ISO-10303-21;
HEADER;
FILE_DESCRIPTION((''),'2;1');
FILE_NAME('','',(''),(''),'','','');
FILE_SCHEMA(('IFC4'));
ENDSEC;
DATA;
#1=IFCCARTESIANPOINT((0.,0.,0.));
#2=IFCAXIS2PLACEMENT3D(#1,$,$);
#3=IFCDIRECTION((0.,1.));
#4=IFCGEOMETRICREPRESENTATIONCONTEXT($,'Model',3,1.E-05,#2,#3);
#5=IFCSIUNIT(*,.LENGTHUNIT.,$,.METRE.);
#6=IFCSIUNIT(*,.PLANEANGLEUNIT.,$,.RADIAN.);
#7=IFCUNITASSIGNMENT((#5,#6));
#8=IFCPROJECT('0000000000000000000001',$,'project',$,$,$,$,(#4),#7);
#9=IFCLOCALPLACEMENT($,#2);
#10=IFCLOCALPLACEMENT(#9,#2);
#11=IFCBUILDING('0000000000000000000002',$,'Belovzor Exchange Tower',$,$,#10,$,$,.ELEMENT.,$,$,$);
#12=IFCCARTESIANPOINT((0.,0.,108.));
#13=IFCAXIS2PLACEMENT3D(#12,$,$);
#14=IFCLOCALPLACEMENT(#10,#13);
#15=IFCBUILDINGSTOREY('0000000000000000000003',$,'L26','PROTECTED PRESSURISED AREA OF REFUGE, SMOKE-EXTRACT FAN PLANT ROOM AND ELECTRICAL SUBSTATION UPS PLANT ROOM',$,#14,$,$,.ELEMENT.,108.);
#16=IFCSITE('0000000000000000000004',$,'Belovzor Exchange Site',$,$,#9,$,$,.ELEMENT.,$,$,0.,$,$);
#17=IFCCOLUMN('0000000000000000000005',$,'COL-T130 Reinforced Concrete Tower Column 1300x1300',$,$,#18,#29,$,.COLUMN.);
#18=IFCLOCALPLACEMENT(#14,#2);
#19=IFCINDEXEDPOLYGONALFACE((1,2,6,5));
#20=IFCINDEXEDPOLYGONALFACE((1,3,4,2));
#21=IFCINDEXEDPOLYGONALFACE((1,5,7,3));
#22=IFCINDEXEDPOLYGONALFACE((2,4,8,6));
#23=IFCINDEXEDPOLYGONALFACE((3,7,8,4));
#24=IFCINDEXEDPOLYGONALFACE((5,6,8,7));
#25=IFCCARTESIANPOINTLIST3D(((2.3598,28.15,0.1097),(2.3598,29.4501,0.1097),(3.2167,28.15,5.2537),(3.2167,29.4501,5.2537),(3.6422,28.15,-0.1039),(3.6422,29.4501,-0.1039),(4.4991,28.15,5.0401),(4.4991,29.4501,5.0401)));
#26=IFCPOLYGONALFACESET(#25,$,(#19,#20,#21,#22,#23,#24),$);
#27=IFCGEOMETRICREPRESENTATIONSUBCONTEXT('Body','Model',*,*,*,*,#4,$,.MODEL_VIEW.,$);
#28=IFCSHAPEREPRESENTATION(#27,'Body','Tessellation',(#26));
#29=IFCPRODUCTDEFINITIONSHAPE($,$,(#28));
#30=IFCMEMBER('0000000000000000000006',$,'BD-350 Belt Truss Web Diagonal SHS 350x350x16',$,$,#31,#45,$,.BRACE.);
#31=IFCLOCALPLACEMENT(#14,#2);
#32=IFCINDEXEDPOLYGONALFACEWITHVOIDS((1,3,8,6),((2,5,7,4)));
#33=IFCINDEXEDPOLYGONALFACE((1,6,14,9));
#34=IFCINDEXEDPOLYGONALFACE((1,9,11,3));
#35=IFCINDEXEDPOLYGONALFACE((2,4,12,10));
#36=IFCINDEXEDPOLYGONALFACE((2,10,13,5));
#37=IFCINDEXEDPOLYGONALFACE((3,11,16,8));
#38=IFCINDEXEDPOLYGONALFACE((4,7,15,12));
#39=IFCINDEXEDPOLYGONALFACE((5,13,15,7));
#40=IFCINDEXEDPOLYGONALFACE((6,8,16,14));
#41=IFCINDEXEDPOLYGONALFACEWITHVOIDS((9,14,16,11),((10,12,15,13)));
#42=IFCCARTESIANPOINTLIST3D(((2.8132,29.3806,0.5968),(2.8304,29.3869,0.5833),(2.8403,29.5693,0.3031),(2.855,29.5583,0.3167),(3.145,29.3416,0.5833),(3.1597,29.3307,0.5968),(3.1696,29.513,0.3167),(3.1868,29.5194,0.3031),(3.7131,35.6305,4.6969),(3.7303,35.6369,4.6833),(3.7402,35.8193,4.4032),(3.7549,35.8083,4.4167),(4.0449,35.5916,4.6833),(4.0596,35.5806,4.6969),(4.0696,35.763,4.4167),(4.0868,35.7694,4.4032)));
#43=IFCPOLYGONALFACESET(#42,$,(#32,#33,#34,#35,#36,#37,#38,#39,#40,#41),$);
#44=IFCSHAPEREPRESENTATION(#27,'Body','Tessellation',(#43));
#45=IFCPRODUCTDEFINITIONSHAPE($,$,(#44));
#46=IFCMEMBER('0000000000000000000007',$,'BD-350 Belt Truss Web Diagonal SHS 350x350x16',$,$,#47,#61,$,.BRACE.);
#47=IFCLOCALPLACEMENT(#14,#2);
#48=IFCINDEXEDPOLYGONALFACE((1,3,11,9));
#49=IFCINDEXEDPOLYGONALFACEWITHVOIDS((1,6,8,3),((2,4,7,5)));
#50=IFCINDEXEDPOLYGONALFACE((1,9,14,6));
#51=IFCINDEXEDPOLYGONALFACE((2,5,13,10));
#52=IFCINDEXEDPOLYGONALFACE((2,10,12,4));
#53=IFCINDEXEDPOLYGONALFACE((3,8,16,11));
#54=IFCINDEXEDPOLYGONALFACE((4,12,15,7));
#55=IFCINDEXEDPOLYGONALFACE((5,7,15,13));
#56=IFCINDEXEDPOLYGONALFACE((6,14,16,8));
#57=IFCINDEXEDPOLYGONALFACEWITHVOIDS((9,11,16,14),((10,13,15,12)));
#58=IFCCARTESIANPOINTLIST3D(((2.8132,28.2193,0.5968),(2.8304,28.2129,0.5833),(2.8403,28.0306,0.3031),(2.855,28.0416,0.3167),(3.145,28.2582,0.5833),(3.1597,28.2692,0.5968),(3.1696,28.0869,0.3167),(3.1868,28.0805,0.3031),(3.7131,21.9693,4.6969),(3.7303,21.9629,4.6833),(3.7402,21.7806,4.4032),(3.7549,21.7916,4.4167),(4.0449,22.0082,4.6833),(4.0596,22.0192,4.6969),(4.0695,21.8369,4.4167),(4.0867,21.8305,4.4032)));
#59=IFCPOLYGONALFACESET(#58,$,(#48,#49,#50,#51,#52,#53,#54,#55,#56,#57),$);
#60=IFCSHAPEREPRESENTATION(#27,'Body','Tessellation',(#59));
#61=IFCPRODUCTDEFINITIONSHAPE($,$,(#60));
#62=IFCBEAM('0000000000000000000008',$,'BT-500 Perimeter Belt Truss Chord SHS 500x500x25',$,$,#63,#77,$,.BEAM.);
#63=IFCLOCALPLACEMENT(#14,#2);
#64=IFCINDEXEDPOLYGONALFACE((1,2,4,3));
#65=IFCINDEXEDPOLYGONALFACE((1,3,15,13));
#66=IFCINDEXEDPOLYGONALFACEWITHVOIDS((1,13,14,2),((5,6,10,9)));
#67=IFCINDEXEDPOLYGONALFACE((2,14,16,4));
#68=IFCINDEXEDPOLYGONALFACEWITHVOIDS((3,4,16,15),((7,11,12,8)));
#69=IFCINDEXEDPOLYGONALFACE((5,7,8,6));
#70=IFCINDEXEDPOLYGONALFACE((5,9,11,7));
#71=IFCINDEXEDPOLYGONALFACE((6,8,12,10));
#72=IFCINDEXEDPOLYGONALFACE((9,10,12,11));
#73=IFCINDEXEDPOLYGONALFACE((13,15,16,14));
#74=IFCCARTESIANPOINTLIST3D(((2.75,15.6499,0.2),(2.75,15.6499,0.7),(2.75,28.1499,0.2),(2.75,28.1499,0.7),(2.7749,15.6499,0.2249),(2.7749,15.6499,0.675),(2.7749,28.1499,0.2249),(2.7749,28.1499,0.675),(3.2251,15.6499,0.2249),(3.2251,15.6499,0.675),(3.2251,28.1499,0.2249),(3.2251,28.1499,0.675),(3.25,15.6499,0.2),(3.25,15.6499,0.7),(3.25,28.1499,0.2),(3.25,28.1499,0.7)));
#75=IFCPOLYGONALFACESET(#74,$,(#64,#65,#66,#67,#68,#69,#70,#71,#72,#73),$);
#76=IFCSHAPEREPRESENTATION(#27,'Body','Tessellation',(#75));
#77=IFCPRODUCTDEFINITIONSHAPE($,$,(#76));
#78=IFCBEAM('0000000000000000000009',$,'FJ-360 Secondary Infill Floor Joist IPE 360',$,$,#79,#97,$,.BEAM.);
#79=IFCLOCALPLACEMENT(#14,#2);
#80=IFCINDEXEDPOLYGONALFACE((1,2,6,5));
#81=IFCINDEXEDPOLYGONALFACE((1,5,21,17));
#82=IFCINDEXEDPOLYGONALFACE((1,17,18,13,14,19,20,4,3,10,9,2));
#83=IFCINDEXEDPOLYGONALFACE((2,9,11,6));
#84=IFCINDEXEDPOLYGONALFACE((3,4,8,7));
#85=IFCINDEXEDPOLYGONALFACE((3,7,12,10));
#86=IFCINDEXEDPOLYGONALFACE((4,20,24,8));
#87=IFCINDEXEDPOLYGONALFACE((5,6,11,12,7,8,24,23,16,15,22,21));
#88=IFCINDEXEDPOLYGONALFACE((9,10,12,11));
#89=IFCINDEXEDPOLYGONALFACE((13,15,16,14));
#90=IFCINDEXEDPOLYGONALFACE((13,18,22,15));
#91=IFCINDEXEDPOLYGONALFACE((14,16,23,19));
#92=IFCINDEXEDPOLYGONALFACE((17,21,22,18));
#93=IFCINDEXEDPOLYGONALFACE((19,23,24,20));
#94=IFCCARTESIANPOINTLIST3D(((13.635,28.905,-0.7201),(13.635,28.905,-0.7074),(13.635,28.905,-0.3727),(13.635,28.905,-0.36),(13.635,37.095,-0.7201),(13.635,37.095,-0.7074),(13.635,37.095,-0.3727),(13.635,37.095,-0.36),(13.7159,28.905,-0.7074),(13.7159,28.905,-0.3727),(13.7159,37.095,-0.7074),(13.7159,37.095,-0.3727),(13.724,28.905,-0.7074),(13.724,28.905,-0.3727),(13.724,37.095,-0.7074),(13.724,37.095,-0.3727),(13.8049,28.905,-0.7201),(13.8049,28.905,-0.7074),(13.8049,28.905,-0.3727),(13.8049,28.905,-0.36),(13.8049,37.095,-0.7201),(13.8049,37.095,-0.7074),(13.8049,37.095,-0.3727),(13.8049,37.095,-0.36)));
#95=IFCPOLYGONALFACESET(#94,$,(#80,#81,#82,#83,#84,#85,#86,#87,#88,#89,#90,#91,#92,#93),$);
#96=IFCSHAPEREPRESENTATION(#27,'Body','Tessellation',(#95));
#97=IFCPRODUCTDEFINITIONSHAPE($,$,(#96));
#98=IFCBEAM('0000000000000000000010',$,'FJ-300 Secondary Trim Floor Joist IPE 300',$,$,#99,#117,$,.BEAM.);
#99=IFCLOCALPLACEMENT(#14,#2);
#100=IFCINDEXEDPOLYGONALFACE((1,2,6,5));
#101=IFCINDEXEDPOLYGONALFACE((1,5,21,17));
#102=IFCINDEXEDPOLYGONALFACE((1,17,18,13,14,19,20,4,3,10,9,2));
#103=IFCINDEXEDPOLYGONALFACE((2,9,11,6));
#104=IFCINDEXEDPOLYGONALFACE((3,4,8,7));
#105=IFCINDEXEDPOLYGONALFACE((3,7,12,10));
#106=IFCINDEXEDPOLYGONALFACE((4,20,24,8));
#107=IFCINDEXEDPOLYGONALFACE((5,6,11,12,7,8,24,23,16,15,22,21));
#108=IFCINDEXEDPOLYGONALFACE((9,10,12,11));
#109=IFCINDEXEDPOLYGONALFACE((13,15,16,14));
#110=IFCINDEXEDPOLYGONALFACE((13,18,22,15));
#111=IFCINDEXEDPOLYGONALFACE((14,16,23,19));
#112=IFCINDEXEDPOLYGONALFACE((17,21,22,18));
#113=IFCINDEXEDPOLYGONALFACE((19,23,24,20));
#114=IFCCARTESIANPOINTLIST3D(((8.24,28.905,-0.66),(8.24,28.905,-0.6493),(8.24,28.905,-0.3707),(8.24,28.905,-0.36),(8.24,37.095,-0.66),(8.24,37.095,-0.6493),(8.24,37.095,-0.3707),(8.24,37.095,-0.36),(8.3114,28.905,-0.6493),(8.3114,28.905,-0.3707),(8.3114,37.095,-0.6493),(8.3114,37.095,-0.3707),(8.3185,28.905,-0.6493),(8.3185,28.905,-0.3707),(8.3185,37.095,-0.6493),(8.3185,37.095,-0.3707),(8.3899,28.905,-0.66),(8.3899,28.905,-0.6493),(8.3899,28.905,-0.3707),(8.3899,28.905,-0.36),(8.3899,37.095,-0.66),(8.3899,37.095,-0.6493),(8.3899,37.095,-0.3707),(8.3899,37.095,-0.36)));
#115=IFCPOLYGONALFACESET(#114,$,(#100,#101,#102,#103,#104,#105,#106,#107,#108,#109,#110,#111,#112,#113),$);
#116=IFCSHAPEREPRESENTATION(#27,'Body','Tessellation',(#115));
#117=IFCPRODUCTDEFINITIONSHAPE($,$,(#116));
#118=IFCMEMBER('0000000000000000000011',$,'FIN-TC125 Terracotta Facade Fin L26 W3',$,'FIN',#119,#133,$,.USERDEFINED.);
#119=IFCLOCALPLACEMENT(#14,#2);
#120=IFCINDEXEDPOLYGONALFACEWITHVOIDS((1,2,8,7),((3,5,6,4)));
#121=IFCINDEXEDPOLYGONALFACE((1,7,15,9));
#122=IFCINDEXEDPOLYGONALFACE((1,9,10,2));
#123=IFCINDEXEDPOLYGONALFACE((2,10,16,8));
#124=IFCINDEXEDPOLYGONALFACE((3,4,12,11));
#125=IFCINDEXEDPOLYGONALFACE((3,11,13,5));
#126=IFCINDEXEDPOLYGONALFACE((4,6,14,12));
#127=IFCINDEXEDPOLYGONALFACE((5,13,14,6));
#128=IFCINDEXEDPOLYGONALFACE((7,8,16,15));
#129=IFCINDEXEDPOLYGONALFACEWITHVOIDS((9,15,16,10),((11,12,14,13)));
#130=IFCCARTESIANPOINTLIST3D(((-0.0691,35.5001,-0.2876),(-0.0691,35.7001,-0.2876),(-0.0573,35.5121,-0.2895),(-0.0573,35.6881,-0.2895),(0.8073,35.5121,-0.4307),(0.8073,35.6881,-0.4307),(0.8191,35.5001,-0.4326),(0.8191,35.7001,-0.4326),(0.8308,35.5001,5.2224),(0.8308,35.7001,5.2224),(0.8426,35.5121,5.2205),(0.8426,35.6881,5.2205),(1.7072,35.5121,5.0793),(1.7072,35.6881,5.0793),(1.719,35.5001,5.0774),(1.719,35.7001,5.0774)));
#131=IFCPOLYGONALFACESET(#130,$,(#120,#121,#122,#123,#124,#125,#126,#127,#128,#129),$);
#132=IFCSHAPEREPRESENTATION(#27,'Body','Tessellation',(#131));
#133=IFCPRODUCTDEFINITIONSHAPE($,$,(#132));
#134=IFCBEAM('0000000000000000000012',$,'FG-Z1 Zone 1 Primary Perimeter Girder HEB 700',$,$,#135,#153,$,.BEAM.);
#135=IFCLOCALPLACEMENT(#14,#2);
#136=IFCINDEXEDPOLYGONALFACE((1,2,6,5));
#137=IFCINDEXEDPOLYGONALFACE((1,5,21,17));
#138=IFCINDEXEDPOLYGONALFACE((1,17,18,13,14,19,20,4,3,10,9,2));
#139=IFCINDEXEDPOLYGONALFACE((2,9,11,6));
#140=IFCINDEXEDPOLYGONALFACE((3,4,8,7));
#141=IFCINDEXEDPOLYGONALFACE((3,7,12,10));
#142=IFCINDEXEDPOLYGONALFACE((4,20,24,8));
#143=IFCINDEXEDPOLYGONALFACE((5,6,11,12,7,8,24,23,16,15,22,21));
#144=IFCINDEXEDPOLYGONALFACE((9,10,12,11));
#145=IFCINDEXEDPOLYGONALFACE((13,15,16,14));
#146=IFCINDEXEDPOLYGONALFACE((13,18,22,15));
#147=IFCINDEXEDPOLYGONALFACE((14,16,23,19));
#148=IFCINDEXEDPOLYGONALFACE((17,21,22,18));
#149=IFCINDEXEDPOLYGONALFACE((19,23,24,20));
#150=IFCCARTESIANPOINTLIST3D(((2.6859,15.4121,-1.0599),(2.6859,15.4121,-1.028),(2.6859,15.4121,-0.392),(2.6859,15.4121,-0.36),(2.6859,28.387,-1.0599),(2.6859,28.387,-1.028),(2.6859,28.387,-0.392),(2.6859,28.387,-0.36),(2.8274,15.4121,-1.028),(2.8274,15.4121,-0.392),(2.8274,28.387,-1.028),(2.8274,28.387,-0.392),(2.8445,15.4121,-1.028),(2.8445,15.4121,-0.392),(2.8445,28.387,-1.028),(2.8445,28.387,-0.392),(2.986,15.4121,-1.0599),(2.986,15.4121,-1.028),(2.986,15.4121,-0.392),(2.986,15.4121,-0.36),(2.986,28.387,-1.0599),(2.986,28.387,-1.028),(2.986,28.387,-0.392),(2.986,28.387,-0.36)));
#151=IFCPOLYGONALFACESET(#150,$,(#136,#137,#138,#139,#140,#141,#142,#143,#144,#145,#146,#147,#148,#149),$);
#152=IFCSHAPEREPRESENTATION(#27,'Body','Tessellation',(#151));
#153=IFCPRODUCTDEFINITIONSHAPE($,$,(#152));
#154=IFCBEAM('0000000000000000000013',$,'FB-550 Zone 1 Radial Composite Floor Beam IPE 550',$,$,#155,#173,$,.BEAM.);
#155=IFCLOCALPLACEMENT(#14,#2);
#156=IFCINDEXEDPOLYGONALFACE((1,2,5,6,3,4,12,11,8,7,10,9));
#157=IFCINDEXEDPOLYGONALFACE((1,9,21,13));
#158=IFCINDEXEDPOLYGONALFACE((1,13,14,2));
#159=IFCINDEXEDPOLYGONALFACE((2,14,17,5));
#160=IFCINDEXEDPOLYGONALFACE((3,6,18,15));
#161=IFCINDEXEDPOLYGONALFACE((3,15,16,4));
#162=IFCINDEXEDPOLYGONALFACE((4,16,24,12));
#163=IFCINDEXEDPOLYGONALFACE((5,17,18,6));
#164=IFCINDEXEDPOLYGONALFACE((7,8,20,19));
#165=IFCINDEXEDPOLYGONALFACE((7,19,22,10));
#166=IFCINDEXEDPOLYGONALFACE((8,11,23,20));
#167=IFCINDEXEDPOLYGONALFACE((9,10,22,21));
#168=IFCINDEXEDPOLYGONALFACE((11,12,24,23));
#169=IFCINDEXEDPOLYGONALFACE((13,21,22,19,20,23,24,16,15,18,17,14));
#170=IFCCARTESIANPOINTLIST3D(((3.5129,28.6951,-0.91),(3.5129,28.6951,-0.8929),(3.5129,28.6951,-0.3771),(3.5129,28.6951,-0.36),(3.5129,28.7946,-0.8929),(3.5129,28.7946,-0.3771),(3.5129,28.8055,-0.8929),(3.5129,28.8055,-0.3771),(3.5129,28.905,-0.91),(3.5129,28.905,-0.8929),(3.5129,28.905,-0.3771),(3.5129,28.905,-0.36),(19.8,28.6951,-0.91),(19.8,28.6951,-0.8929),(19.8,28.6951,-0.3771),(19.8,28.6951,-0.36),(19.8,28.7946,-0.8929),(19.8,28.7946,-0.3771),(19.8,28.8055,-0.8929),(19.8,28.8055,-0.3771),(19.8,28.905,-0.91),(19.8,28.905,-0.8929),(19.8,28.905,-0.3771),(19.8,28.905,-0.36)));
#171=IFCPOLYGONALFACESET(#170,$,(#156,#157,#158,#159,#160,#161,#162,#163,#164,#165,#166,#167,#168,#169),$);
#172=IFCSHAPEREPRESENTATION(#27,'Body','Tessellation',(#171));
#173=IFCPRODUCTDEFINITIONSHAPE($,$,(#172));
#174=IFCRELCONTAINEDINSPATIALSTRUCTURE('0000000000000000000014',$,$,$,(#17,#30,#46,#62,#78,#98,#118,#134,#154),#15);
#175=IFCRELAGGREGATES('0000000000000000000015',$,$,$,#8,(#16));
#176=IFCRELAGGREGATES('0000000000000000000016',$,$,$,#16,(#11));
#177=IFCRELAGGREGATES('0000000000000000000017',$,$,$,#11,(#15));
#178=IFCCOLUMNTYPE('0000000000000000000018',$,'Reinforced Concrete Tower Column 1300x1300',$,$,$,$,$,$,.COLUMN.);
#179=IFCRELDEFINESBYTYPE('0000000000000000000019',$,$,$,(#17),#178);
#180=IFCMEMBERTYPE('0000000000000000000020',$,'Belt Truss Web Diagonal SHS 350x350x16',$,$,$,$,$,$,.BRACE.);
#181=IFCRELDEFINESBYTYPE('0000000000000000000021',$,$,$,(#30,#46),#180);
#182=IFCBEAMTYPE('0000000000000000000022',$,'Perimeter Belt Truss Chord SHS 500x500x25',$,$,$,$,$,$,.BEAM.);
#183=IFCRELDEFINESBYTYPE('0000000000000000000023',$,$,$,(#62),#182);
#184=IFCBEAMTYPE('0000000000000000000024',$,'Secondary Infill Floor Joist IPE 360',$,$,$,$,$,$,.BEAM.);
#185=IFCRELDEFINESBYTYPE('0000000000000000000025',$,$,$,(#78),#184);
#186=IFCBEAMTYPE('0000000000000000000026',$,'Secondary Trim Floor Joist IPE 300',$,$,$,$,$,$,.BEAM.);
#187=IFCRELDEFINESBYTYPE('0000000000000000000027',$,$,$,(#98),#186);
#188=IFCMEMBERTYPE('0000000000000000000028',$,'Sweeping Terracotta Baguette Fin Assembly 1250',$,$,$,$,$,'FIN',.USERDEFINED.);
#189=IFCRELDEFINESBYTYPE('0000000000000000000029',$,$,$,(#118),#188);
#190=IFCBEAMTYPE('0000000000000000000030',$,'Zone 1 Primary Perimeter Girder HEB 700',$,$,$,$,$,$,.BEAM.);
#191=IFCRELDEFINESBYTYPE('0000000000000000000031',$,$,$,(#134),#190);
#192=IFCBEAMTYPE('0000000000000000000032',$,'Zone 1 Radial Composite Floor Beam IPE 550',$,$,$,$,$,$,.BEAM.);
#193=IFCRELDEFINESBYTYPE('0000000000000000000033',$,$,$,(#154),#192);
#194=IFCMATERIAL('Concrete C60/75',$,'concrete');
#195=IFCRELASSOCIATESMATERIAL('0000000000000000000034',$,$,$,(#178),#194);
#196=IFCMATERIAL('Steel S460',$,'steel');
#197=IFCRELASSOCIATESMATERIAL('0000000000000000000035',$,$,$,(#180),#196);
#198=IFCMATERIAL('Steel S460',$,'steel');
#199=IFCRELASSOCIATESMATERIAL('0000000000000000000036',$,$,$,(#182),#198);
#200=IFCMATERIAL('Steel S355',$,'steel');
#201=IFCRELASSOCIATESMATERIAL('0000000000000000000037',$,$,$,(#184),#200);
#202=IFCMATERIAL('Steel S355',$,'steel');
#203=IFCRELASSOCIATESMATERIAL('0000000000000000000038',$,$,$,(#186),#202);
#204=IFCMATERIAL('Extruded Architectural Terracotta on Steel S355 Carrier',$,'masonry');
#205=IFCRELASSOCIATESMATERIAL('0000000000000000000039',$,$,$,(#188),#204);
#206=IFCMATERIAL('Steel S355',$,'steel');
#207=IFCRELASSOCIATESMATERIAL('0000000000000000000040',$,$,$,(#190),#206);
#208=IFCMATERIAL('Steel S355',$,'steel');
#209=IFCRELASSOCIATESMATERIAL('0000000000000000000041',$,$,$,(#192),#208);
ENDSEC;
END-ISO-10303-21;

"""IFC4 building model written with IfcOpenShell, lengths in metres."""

from ifc_helpers import new_model, si_unit, direction, frame, origin, origin_2d, place, context, subcontext, project, spatial, rectangle, hollow_rectangle, i_section, extrude, material, material_profile, profile_set, type_object, element, save


model = new_model("IFC4")

# Units and contexts
model_context = context("Model", 3, precision=1e-05, world=origin(), true_north=direction((0.0, 1.0)))
body_context = subcontext(model_context, "Body", "Model", "MODEL_VIEW")
ifc_project = project(units=[si_unit("LENGTHUNIT", "METRE"), si_unit("PLANEANGLEUNIT", "RADIAN")], contexts=[model_context])

# Site, building, storey
site_placement = place(None, origin())
site = spatial("IfcSite", under=ifc_project, at=site_placement, Name="Belovzor Exchange Site", CompositionType="ELEMENT", RefElevation=0.0)
building_placement = place(site_placement, origin())
building = spatial("IfcBuilding", under=site, at=building_placement, Name="Belovzor Exchange Tower", CompositionType="ELEMENT")
storey_placement = place(building_placement, frame((0.0, 0.0, 108.0)))
storey = spatial("IfcBuildingStorey", under=building, at=storey_placement, Name="L26", Description="PROTECTED PRESSURISED AREA OF REFUGE, SMOKE-EXTRACT FAN PLANT ROOM AND ELECTRICAL SUBSTATION UPS PLANT ROOM", CompositionType="ELEMENT", Elevation=108.0)

# Column
ifc_material_1 = material(Name="Concrete C60/75", Category="concrete")
ifc_material_profile_1 = material_profile(ifc_material_1, rectangle(XDim=1.3, YDim=1.3, at=origin_2d()))
ifc_profile_set_1 = profile_set([ifc_material_profile_1], Name="Concrete C60/75")
column_type = type_object("IfcColumnType", Name="Reinforced Concrete Tower Column 1300x1300", PredefinedType="COLUMN", material=ifc_profile_set_1)
column_placement = place(storey_placement, frame((3.001, 28.8, 0.0029), z_axis=(0.164323, 0.0, 0.986407), x_axis=(0.0, 1.0, 0.0)))
element("IfcColumn", 1, at=column_placement, inside=storey, type_object=column_type, Name="COL-T130 Reinforced Concrete Tower Column 1300x1300", PredefinedType="COLUMN", context=body_context, shape_type="SweptSolid", body=[
    extrude(rectangle(XDim=1.3, YDim=1.3, at=origin_2d()), origin(), (0.0, 0.0, 1.0), 5.2148),
])

# Members
ifc_material_2 = material(Name="Steel S460", Category="steel")
ifc_material_profile_2 = material_profile(ifc_material_2, hollow_rectangle(XDim=0.3501, YDim=0.3501, WallThickness=0.0161, at=origin_2d()))
ifc_profile_set_2 = profile_set([ifc_material_profile_2], Name="Steel S460")
member_type_1 = type_object("IfcMemberType", Name="Belt Truss Web Diagonal SHS 350x350x16", PredefinedType="BRACE", material=ifc_profile_set_2)
for number, where, z_axis, x_axis, name in (
    (2, (3.8999, 35.7, 4.55), (-0.119528, -0.830143, -0.544587), (0.989793, -0.142515, 0.0), "BD-350 Belt Truss Web Diagonal SHS 350x350x16"),
    (3, (3.0, 28.1499, 0.45), (0.119528, -0.830143, 0.544587), (0.989793, 0.142515, 0.0), "BD-350 Belt Truss Web Diagonal SHS 350x350x16"),
):
    element("IfcMember", number, at=place(storey_placement, frame(where, z_axis=z_axis, x_axis=x_axis)), inside=storey, type_object=member_type_1, Name=name, PredefinedType="BRACE", context=body_context, shape_type="SweptSolid", body=[
        extrude(hollow_rectangle(XDim=0.3501, YDim=0.3501, WallThickness=0.0161, at=origin_2d()), origin(), (0.0, 0.0, 1.0), 7.5288),
    ])

# Beams
ifc_material_3 = material(Name="Steel S460", Category="steel")
ifc_material_profile_3 = material_profile(ifc_material_3, hollow_rectangle(XDim=0.5, YDim=0.5, WallThickness=0.0249, at=origin_2d()))
ifc_profile_set_3 = profile_set([ifc_material_profile_3], Name="Steel S460")
beam_type_1 = type_object("IfcBeamType", Name="Perimeter Belt Truss Chord SHS 500x500x25", PredefinedType="BEAM", material=ifc_profile_set_3)
beam_1_placement = place(storey_placement, frame((3.0, 28.1499, 0.45), z_axis=(0.0, -1.0, 0.0), x_axis=(1.0, 0.0, 0.0)))
element("IfcBeam", 4, at=beam_1_placement, inside=storey, type_object=beam_type_1, Name="BT-500 Perimeter Belt Truss Chord SHS 500x500x25", PredefinedType="BEAM", context=body_context, shape_type="SweptSolid", body=[
    extrude(hollow_rectangle(XDim=0.5, YDim=0.5, WallThickness=0.0249, at=origin_2d()), origin(), (0.0, 0.0, 1.0), 12.5),
])
ifc_material_4 = material(Name="Steel S355", Category="steel")
ifc_material_profile_4 = material_profile(ifc_material_4, i_section(OverallWidth=0.1699, OverallDepth=0.3601, WebThickness=0.0081, FlangeThickness=0.0127, at=origin_2d()))
ifc_profile_set_4 = profile_set([ifc_material_profile_4], Name="Steel S355")
beam_type_2 = type_object("IfcBeamType", Name="Secondary Infill Floor Joist IPE 360", PredefinedType="BEAM", material=ifc_profile_set_4)
beam_2_placement = place(storey_placement, frame((13.72, 28.905, -0.54), z_axis=(0.0, 1.0, 0.0), x_axis=(-1.0, 0.0, 0.0)))
element("IfcBeam", 5, at=beam_2_placement, inside=storey, type_object=beam_type_2, Name="FJ-360 Secondary Infill Floor Joist IPE 360", PredefinedType="BEAM", context=body_context, shape_type="SweptSolid", body=[
    extrude(i_section(OverallWidth=0.1699, OverallDepth=0.3601, WebThickness=0.0081, FlangeThickness=0.0127, at=origin_2d()), origin(), (0.0, 0.0, 1.0), 8.1899),
])
ifc_material_5 = material(Name="Steel S355", Category="steel")
ifc_material_profile_5 = material_profile(ifc_material_5, i_section(OverallWidth=0.1499, OverallDepth=0.3, WebThickness=0.0071, FlangeThickness=0.0107, at=origin_2d()))
ifc_profile_set_5 = profile_set([ifc_material_profile_5], Name="Steel S355")
beam_type_3 = type_object("IfcBeamType", Name="Secondary Trim Floor Joist IPE 300", PredefinedType="BEAM", material=ifc_profile_set_5)
beam_3_placement = place(storey_placement, frame((8.3149, 28.905, -0.51), z_axis=(0.0, 1.0, 0.0), x_axis=(-1.0, 0.0, 0.0)))
element("IfcBeam", 6, at=beam_3_placement, inside=storey, type_object=beam_type_3, Name="FJ-300 Secondary Trim Floor Joist IPE 300", PredefinedType="BEAM", context=body_context, shape_type="SweptSolid", body=[
    extrude(i_section(OverallWidth=0.1499, OverallDepth=0.3, WebThickness=0.0071, FlangeThickness=0.0107, at=origin_2d()), origin(), (0.0, 0.0, 1.0), 8.1899),
])

# Member
ifc_material_6 = material(Name="Extruded Architectural Terracotta on Steel S355 Carrier", Category="masonry")
ifc_material_profile_6 = material_profile(ifc_material_6, hollow_rectangle(XDim=0.2, YDim=0.8999, WallThickness=0.012, at=origin_2d()))
ifc_profile_set_6 = profile_set([ifc_material_profile_6], Name="Extruded Architectural Terracotta on Steel S355 Carrier")
member_type_2 = type_object("IfcMemberType", Name="Sweeping Terracotta Baguette Fin Assembly 1250", ElementType="FIN", PredefinedType="USERDEFINED", material=ifc_profile_set_6)
member_placement = place(storey_placement, frame((0.375, 35.6001, -0.3601), z_axis=(0.161186, 0.0, 0.986924), x_axis=(0.0, 1.0, 0.0)))
element("IfcMember", 7, at=member_placement, inside=storey, type_object=member_type_2, Name="FIN-TC125 Terracotta Facade Fin L26 W3", ObjectType="FIN", PredefinedType="USERDEFINED", context=body_context, shape_type="SweptSolid", body=[
    extrude(hollow_rectangle(XDim=0.2, YDim=0.8999, WallThickness=0.012, at=origin_2d()), origin(), (0.0, 0.0, 1.0), 5.583),
])

# Beams
ifc_material_7 = material(Name="Steel S355", Category="steel")
ifc_material_profile_7 = material_profile(ifc_material_7, i_section(OverallWidth=0.3, OverallDepth=0.7, WebThickness=0.0171, FlangeThickness=0.032, at=origin_2d()))
ifc_profile_set_7 = profile_set([ifc_material_profile_7], Name="Steel S355")
beam_type_4 = type_object("IfcBeamType", Name="Zone 1 Primary Perimeter Girder HEB 700", PredefinedType="BEAM", material=ifc_profile_set_7)
beam_4_placement = place(storey_placement, frame((2.8359, 28.387, -0.71), z_axis=(0.0, -1.0, 0.0), x_axis=(1.0, 0.0, 0.0)))
element("IfcBeam", 8, at=beam_4_placement, inside=storey, type_object=beam_type_4, Name="FG-Z1 Zone 1 Primary Perimeter Girder HEB 700", PredefinedType="BEAM", context=body_context, shape_type="SweptSolid", body=[
    extrude(i_section(OverallWidth=0.3, OverallDepth=0.7, WebThickness=0.0171, FlangeThickness=0.032, at=origin_2d()), origin(), (0.0, 0.0, 1.0), 12.9749),
])
ifc_material_8 = material(Name="Steel S355", Category="steel")
ifc_material_profile_8 = material_profile(ifc_material_8, i_section(OverallWidth=0.21, OverallDepth=0.55, WebThickness=0.011, FlangeThickness=0.0171, at=origin_2d()))
ifc_profile_set_8 = profile_set([ifc_material_profile_8], Name="Steel S355")
beam_type_5 = type_object("IfcBeamType", Name="Zone 1 Radial Composite Floor Beam IPE 550", PredefinedType="BEAM", material=ifc_profile_set_8)
beam_5_placement = place(storey_placement, frame((19.8, 28.8, -0.635), z_axis=(-1.0, 0.0, 0.0), x_axis=(0.0, -1.0, 0.0)))
element("IfcBeam", 9, at=beam_5_placement, inside=storey, type_object=beam_type_5, Name="FB-550 Zone 1 Radial Composite Floor Beam IPE 550", PredefinedType="BEAM", context=body_context, shape_type="SweptSolid", body=[
    extrude(i_section(OverallWidth=0.21, OverallDepth=0.55, WebThickness=0.011, FlangeThickness=0.0171, at=origin_2d()), origin(), (0.0, 0.0, 1.0), 16.2871),
])

save(model, "model.ifc")
